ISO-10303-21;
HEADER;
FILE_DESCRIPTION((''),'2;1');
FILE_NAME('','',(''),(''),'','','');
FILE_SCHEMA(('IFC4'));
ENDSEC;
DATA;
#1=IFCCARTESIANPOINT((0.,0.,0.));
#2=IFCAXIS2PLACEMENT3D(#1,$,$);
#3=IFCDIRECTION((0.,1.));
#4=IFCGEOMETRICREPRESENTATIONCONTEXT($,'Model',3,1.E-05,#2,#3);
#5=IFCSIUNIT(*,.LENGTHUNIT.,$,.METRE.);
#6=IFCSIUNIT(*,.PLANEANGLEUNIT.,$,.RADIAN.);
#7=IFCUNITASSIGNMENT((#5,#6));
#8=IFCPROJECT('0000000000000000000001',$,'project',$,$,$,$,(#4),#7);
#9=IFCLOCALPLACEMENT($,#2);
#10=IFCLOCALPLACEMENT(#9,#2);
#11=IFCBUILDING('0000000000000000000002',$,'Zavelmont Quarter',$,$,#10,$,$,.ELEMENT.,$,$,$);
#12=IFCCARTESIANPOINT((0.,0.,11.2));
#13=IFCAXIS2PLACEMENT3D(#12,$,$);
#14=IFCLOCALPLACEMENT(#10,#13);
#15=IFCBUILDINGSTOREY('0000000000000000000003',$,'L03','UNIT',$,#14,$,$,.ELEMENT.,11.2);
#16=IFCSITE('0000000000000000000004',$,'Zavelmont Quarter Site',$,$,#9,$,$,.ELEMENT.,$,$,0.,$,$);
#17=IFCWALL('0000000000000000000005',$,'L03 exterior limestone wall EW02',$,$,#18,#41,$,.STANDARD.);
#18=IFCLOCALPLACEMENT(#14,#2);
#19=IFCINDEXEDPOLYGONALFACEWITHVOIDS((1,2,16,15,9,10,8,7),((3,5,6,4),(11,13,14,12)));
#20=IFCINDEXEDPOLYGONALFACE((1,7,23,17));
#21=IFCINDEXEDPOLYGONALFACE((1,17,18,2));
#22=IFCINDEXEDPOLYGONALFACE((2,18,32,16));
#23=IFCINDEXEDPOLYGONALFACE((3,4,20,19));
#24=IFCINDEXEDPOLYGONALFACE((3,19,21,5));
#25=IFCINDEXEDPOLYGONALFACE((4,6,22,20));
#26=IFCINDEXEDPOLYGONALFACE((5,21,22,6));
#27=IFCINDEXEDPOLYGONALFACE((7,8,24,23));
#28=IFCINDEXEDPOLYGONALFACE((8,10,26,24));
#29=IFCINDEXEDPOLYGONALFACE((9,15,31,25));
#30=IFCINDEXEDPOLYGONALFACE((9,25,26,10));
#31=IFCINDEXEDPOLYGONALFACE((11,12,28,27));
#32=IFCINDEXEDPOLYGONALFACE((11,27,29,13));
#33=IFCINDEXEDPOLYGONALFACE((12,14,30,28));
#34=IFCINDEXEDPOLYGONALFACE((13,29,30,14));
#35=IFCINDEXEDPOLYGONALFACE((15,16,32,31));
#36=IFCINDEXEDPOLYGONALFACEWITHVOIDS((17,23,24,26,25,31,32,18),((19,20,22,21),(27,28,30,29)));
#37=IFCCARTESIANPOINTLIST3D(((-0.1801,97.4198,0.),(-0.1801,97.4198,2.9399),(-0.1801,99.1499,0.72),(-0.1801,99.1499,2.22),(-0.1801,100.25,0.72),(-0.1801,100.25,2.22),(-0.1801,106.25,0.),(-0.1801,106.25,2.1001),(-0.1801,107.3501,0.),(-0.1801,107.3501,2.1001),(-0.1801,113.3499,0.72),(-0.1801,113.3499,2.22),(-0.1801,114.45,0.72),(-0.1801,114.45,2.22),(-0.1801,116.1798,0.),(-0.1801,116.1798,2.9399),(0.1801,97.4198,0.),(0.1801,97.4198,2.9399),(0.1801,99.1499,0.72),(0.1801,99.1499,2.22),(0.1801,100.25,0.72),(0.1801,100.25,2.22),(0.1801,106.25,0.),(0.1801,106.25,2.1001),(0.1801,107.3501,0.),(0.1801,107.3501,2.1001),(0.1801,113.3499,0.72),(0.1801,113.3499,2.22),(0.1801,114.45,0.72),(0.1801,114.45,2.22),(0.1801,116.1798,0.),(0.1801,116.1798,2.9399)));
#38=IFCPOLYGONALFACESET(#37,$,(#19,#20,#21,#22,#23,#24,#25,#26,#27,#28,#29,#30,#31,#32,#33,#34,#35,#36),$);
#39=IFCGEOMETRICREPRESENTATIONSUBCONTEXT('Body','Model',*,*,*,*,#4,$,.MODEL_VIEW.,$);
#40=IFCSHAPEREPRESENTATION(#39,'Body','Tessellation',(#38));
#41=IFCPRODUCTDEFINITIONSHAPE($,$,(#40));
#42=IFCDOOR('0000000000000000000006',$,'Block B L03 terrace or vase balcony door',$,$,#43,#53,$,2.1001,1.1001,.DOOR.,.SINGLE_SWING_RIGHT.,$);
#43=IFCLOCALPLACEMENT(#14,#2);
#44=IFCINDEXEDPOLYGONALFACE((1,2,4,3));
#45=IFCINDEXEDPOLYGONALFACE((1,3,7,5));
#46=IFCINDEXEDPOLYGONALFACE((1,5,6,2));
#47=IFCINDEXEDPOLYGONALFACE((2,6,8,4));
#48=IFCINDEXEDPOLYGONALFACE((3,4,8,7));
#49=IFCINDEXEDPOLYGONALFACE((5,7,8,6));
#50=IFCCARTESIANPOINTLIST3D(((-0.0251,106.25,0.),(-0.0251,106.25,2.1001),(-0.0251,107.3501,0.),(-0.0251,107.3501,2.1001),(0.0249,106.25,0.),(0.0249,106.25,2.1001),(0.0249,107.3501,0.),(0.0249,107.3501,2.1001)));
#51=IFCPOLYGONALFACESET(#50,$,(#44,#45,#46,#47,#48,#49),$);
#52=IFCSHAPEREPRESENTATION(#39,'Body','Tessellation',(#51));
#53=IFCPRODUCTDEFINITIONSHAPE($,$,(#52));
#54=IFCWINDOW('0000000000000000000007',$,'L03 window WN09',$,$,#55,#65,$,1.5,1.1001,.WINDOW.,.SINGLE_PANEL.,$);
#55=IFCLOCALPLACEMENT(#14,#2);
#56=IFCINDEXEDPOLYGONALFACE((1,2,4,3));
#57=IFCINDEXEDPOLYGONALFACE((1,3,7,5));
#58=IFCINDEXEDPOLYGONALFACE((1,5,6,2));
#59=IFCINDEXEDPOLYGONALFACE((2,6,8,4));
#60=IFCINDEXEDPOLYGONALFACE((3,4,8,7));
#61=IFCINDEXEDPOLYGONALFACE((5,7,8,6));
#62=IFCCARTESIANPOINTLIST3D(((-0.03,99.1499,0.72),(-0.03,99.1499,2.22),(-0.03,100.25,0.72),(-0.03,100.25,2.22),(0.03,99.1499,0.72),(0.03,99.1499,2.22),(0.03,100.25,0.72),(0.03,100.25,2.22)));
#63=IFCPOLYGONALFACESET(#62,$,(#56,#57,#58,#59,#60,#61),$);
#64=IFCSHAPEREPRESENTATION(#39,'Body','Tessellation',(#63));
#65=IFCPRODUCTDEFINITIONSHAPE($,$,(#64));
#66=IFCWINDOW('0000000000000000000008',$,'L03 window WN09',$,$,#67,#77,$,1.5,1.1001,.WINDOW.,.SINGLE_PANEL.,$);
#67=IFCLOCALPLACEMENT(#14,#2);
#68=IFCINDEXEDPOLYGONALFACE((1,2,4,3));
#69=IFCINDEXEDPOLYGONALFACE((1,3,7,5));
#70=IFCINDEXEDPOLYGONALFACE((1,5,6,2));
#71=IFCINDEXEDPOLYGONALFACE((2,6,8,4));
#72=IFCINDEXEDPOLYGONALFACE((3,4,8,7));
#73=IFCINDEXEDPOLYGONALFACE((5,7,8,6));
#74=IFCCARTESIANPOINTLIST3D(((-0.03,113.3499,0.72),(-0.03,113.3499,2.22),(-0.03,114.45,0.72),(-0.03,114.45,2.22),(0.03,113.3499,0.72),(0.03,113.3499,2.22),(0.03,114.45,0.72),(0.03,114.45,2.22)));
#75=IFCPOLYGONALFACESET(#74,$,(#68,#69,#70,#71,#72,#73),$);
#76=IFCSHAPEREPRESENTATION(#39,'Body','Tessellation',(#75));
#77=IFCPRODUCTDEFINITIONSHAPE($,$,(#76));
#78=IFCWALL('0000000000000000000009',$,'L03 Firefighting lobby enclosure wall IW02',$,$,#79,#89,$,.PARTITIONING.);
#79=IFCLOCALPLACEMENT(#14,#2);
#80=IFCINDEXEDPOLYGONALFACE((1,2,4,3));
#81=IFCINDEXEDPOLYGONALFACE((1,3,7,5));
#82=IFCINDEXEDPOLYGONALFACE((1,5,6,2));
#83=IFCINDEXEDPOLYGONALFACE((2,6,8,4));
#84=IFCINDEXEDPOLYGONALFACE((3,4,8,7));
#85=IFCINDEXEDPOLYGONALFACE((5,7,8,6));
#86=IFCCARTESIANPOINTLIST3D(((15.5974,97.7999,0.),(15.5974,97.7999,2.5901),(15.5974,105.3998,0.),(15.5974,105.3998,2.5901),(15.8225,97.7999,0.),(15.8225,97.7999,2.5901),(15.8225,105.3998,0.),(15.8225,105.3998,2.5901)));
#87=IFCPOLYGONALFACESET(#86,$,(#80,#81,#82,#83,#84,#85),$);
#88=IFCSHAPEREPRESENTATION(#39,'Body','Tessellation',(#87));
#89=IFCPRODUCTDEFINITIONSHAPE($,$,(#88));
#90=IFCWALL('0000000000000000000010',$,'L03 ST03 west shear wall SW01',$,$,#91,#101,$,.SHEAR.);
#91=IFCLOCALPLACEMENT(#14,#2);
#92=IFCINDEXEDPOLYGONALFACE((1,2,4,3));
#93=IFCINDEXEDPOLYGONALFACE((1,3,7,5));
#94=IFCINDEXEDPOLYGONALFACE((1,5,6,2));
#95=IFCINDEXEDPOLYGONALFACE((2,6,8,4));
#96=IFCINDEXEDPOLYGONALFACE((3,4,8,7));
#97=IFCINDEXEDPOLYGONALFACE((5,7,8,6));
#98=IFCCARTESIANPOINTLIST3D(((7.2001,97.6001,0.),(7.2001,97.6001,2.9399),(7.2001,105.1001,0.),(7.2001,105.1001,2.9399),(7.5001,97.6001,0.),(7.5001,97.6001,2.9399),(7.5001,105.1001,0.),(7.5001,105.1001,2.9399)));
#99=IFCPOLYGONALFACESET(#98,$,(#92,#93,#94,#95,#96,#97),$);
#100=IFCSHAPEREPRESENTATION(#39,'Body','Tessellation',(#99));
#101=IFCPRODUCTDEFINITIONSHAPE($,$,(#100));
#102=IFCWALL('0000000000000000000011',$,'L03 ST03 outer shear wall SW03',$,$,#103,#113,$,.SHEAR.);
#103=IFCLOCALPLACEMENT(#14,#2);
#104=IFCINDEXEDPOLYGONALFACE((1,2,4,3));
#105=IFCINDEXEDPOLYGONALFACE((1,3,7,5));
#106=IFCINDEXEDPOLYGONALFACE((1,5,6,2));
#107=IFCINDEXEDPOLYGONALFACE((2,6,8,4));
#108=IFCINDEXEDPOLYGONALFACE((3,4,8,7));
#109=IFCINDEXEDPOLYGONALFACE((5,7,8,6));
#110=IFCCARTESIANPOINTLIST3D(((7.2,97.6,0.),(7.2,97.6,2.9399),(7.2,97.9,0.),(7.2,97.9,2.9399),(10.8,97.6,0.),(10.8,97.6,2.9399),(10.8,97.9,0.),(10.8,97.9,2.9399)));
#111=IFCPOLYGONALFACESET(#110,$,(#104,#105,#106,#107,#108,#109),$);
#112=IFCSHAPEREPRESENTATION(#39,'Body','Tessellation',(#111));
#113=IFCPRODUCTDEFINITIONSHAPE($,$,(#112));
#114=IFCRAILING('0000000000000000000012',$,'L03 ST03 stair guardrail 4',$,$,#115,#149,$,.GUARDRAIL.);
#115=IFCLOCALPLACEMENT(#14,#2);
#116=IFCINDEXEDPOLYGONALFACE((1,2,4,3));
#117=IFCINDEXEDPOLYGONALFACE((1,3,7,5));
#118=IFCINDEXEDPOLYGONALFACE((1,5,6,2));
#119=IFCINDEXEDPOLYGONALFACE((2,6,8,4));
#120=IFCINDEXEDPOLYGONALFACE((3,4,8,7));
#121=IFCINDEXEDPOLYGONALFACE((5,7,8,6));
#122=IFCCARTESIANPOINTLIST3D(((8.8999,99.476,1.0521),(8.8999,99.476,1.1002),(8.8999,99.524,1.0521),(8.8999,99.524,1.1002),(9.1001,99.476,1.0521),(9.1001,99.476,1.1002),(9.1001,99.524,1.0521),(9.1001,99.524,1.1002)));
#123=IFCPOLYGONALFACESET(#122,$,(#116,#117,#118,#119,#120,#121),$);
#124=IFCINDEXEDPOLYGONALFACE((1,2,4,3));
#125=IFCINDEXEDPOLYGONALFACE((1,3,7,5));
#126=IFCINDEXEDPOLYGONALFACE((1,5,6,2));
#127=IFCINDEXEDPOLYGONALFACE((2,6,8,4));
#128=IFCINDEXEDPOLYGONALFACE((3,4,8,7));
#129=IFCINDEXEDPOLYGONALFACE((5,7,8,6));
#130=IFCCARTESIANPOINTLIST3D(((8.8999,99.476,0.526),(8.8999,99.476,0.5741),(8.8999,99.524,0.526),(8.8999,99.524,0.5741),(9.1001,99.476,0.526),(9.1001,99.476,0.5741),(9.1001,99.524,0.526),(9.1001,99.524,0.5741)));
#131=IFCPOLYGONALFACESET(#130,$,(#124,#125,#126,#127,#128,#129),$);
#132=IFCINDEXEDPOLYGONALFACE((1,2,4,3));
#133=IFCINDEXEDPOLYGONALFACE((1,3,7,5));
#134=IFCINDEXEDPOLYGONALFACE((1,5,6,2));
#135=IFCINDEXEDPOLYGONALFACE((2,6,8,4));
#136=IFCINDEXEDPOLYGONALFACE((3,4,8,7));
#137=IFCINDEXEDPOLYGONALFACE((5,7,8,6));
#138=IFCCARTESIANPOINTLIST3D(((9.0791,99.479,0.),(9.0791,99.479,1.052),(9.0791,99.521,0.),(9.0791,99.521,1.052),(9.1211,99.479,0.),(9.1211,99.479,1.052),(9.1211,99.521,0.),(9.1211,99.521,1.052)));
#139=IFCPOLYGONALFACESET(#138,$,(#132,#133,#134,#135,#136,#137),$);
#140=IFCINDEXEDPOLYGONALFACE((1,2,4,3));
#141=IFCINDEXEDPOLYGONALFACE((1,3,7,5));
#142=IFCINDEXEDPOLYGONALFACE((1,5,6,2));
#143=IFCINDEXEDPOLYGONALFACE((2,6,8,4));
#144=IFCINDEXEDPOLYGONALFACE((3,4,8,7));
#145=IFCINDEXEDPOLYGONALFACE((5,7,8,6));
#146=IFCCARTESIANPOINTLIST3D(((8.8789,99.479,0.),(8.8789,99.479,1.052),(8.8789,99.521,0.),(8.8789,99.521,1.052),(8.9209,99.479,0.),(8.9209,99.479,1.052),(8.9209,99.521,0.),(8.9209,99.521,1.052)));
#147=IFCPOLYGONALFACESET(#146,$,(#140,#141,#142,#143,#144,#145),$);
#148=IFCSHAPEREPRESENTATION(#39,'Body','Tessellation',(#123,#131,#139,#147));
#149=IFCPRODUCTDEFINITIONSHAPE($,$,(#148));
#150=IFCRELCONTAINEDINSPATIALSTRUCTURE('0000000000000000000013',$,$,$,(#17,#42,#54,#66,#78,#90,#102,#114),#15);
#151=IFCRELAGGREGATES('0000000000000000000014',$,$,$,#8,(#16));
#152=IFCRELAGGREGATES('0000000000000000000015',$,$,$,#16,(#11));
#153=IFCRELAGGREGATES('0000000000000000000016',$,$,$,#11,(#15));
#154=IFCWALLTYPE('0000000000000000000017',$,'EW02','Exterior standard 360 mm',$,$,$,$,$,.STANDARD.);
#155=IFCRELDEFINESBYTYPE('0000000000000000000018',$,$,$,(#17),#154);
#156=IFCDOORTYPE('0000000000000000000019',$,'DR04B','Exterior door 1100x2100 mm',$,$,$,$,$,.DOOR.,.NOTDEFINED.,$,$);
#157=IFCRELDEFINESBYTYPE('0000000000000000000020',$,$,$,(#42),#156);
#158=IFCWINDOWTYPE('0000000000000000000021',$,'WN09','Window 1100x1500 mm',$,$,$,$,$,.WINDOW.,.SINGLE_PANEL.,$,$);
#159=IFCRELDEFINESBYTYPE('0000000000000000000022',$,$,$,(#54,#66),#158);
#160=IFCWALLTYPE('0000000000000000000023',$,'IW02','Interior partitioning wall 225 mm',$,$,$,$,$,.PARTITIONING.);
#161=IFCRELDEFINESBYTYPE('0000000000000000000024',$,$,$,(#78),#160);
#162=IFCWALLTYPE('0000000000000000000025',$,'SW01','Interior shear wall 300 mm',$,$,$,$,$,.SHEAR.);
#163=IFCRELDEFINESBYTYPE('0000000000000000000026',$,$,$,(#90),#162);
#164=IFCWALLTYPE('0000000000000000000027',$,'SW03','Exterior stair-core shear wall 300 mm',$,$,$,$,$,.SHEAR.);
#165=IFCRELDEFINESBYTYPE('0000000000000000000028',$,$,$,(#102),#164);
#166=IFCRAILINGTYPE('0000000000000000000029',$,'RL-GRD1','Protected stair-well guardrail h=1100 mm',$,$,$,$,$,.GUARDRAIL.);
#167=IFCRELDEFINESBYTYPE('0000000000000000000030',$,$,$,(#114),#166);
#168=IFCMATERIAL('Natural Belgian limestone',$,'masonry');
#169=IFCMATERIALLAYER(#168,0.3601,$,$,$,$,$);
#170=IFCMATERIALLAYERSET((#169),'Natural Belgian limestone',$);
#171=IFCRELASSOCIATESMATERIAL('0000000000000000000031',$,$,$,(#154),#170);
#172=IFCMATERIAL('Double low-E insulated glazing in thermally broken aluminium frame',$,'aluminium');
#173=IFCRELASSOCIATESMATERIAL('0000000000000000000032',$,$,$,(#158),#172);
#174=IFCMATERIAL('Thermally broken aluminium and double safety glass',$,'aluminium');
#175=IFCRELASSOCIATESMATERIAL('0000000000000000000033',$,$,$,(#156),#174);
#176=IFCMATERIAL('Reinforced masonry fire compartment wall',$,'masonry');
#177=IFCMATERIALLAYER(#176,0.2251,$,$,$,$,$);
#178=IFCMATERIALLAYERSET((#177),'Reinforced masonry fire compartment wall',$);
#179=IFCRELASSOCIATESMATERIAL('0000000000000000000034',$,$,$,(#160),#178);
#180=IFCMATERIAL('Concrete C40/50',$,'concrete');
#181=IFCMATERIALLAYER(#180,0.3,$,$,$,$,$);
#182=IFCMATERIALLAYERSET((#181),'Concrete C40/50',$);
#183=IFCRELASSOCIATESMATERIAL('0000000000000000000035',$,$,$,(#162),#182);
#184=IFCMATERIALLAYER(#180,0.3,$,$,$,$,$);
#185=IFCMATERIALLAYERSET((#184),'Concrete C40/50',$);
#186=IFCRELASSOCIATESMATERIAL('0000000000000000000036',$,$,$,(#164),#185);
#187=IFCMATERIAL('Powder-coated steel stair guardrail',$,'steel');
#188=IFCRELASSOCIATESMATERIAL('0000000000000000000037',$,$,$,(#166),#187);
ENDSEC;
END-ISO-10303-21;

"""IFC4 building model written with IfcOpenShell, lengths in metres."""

from ifc_helpers import new_model, si_unit, direction, frame, frame_2d, origin, origin_with_axes, origin_2d, place, context, subcontext, project, spatial, rectangle, extrude, material, layer, layer_set, type_object, element, fill, save


model = new_model("IFC4")

# Units and contexts
model_context = context("Model", 3, precision=1e-05, world=origin(), true_north=direction((0.0, 1.0)))
body_context = subcontext(model_context, "Body", "Model", "MODEL_VIEW")
ifc_project = project(units=[si_unit("LENGTHUNIT", "METRE"), si_unit("PLANEANGLEUNIT", "RADIAN")], contexts=[model_context])

# Site, building, storey
site_placement = place(None, origin())
site = spatial("IfcSite", under=ifc_project, at=site_placement, Name="Zavelmont Quarter Site", CompositionType="ELEMENT", RefElevation=0.0)
building_placement = place(site_placement, origin())
building = spatial("IfcBuilding", under=site, at=building_placement, Name="Zavelmont Quarter", CompositionType="ELEMENT")
storey_placement = place(building_placement, frame((0.0, 0.0, 11.2)))
storey = spatial("IfcBuildingStorey", under=building, at=storey_placement, Name="L03", Description="UNIT", CompositionType="ELEMENT", Elevation=11.2)

# Shared definitions
ifc_material_1 = material(Name="Concrete C40/50", Category="concrete")

# Shared definitions
ifc_material_2 = material(Name="Natural Belgian limestone", Category="masonry")
ifc_layer_1 = layer(ifc_material_2, 0.3601)
ifc_layer_set_1 = layer_set([ifc_layer_1], Name="Natural Belgian limestone")
wall_type_1 = type_object("IfcWallType", Name="EW02", Description="Exterior standard 360 mm", PredefinedType="STANDARD", material=ifc_layer_set_1)
ifc_material_3 = material(Name="Double low-E insulated glazing in thermally broken aluminium frame", Category="aluminium")
window_type_1 = type_object("IfcWindowType", Name="WN09", Description="Window 1100x1500 mm", PartitioningType="SINGLE_PANEL", PredefinedType="WINDOW", material=ifc_material_3)

# Shared definitions
ifc_material_4 = material(Name="Thermally broken aluminium and double safety glass", Category="aluminium")

# Wall, openings, door, windows
wall_1_placement = place(storey_placement, frame((0.0, 97.4199, 0.0), z_axis=(0.0, 0.0, 1.0), x_axis=(0.0, 1.0, 0.0)))
wall_1 = element("IfcWall", 1, at=wall_1_placement, inside=storey, type_object=wall_type_1, Name="L03 exterior limestone wall EW02", PredefinedType="STANDARD", context=body_context, shape_type="SweptSolid", body=[
    extrude(rectangle(XDim=18.76, YDim=0.3601, at=frame_2d((9.3799, 0.0))), origin(), (0.0, 0.0, 1.0), 2.9399),
])
opening_1_placement = place(wall_1_placement, frame((8.8301, 0.0, 0.0)))
opening_1 = element("IfcOpeningElement", 2, at=opening_1_placement, cuts=wall_1, PredefinedType="OPENING", context=body_context, shape_type="SweptSolid", body=[
    extrude(rectangle(XDim=1.1001, YDim=2.1001, at=frame_2d((0.55, 1.05))), frame((0.0, 0.1919, 0.0), z_axis=(0.0, -1.0, 0.0), x_axis=(1.0, 0.0, 0.0)), (0.0, 0.0, 1.0), 0.384),
])
opening_2_placement = place(wall_1_placement, frame((1.73, 0.0, 0.72)))
opening_2 = element("IfcOpeningElement", 3, at=opening_2_placement, cuts=wall_1, PredefinedType="OPENING", context=body_context, shape_type="SweptSolid", body=[
    extrude(rectangle(XDim=1.1001, YDim=1.5, at=frame_2d((0.55, 0.75))), frame((0.0, 0.1919, 0.0), z_axis=(0.0, -1.0, 0.0), x_axis=(1.0, 0.0, 0.0)), (0.0, 0.0, 1.0), 0.384),
])
opening_3_placement = place(wall_1_placement, frame((15.9299, 0.0, 0.72)))
opening_3 = element("IfcOpeningElement", 4, at=opening_3_placement, cuts=wall_1, PredefinedType="OPENING", context=body_context, shape_type="SweptSolid", body=[
    extrude(rectangle(XDim=1.1001, YDim=1.5, at=frame_2d((0.55, 0.75))), frame((0.0, 0.1919, 0.0), z_axis=(0.0, -1.0, 0.0), x_axis=(1.0, 0.0, 0.0)), (0.0, 0.0, 1.0), 0.384),
])
door_type_1 = type_object("IfcDoorType", Name="DR04B", Description="Exterior door 1100x2100 mm", OperationType="NOTDEFINED", PredefinedType="DOOR", material=ifc_material_4)
door_1_placement = place(opening_1_placement, frame((1.1001, 0.0, 0.0), z_axis=(0.0, 0.0, 1.0), x_axis=(-1.0, 0.0, 0.0)))
door_1 = element("IfcDoor", 5, at=door_1_placement, inside=storey, type_object=door_type_1, Name="Block B L03 terrace or vase balcony door", OperationType="SINGLE_SWING_RIGHT", OverallHeight=2.1001, OverallWidth=1.1001, PredefinedType="DOOR", context=body_context, shape_type="SweptSolid", body=[
    extrude(rectangle(XDim=1.1001, YDim=2.1001, at=frame_2d((0.55, 1.05))), frame((0.0, 0.0249, 0.0), z_axis=(0.0, -1.0, 0.0), x_axis=(1.0, 0.0, 0.0)), (0.0, 0.0, 1.0), 0.05),
])
fill(opening_1, door_1)
window_1_placement = place(opening_2_placement, origin_with_axes())
window_1 = element("IfcWindow", 6, at=window_1_placement, inside=storey, type_object=window_type_1, Name="L03 window WN09", OverallHeight=1.5, OverallWidth=1.1001, PartitioningType="SINGLE_PANEL", PredefinedType="WINDOW", context=body_context, shape_type="SweptSolid", body=[
    extrude(rectangle(XDim=1.1001, YDim=1.5, at=frame_2d((0.55, 0.75))), frame((0.0, 0.03, 0.0), z_axis=(0.0, -1.0, 0.0), x_axis=(1.0, 0.0, 0.0)), (0.0, 0.0, 1.0), 0.0601),
])
fill(opening_2, window_1)
window_2_placement = place(opening_3_placement, origin_with_axes())
window_2 = element("IfcWindow", 7, at=window_2_placement, inside=storey, type_object=window_type_1, Name="L03 window WN09", OverallHeight=1.5, OverallWidth=1.1001, PartitioningType="SINGLE_PANEL", PredefinedType="WINDOW", context=body_context, shape_type="SweptSolid", body=[
    extrude(rectangle(XDim=1.1001, YDim=1.5, at=frame_2d((0.55, 0.75))), frame((0.0, 0.03, 0.0), z_axis=(0.0, -1.0, 0.0), x_axis=(1.0, 0.0, 0.0)), (0.0, 0.0, 1.0), 0.0601),
])
fill(opening_3, window_2)

# Walls
ifc_material_5 = material(Name="Reinforced masonry fire compartment wall", Category="masonry")
ifc_layer_2 = layer(ifc_material_5, 0.2251)
ifc_layer_set_2 = layer_set([ifc_layer_2], Name="Reinforced masonry fire compartment wall")
wall_type_2 = type_object("IfcWallType", Name="IW02", Description="Interior partitioning wall 225 mm", PredefinedType="PARTITIONING", material=ifc_layer_set_2)
wall_2_placement = place(storey_placement, frame((15.71, 97.8, 0.0), z_axis=(0.0, 0.0, 1.0), x_axis=(0.0, 1.0, 0.0)))
element("IfcWall", 8, at=wall_2_placement, inside=storey, type_object=wall_type_2, Name="L03 Firefighting lobby enclosure wall IW02", PredefinedType="PARTITIONING", context=body_context, shape_type="SweptSolid", body=[
    extrude(rectangle(XDim=7.5999, YDim=0.2251, at=frame_2d((3.7998, 0.0))), origin(), (0.0, 0.0, 1.0), 2.5901),
])
ifc_layer_3 = layer(ifc_material_1, 0.3)
ifc_layer_set_3 = layer_set([ifc_layer_3], Name="Concrete C40/50")
wall_type_3 = type_object("IfcWallType", Name="SW01", Description="Interior shear wall 300 mm", PredefinedType="SHEAR", material=ifc_layer_set_3)
wall_3_placement = place(storey_placement, frame((7.3501, 97.6001, 0.0), z_axis=(0.0, 0.0, 1.0), x_axis=(0.0, 1.0, 0.0)))
element("IfcWall", 9, at=wall_3_placement, inside=storey, type_object=wall_type_3, Name="L03 ST03 west shear wall SW01", PredefinedType="SHEAR", context=body_context, shape_type="SweptSolid", body=[
    extrude(rectangle(XDim=7.5, YDim=0.3, at=frame_2d((3.75, 0.0))), origin(), (0.0, 0.0, 1.0), 2.9399),
])

# Wall
ifc_layer_4 = layer(ifc_material_1, 0.3)
ifc_layer_set_4 = layer_set([ifc_layer_4], Name="Concrete C40/50")
wall_type_4 = type_object("IfcWallType", Name="SW03", Description="Exterior stair-core shear wall 300 mm", PredefinedType="SHEAR", material=ifc_layer_set_4)
wall_4_placement = place(storey_placement, frame((7.2, 97.75, 0.0), z_axis=(0.0, 0.0, 1.0), x_axis=(1.0, 0.0, 0.0)))
element("IfcWall", 10, at=wall_4_placement, inside=storey, type_object=wall_type_4, Name="L03 ST03 outer shear wall SW03", PredefinedType="SHEAR", context=body_context, shape_type="SweptSolid", body=[
    extrude(rectangle(XDim=3.6001, YDim=0.3, at=frame_2d((1.8, 0.0))), origin(), (0.0, 0.0, 1.0), 2.9399),
])

# Railing
ifc_material_6 = material(Name="Powder-coated steel stair guardrail", Category="steel")
railing_type = type_object("IfcRailingType", Name="RL-GRD1", Description="Protected stair-well guardrail h=1100 mm", PredefinedType="GUARDRAIL", material=ifc_material_6)
railing_placement = place(storey_placement, frame((9.1001, 99.5, 0.0)))
element("IfcRailing", 11, at=railing_placement, inside=storey, type_object=railing_type, Name="L03 ST03 stair guardrail 4", PredefinedType="GUARDRAIL", context=body_context, shape_type="SweptSolid", body=[
    extrude(rectangle(XDim=0.0481, YDim=0.0481, at=origin_2d()), frame((0.0, 0.0, 1.0762), z_axis=(-1.0, 0.0, 0.0), x_axis=(0.0, -1.0, 0.0)), (0.0, 0.0, 1.0), 0.2002),
    extrude(rectangle(XDim=0.0481, YDim=0.0481, at=origin_2d()), frame((0.0, 0.0, 0.55), z_axis=(-1.0, 0.0, 0.0), x_axis=(0.0, -1.0, 0.0)), (0.0, 0.0, 1.0), 0.2002),
    extrude(rectangle(XDim=0.042, YDim=0.042, at=origin_2d()), origin(), (0.0, 0.0, 1.0), 1.052),
    extrude(rectangle(XDim=0.042, YDim=0.042, at=origin_2d()), frame((-0.2002, 0.0, 0.0)), (0.0, 0.0, 1.0), 1.052),
])

save(model, "model.ifc")
